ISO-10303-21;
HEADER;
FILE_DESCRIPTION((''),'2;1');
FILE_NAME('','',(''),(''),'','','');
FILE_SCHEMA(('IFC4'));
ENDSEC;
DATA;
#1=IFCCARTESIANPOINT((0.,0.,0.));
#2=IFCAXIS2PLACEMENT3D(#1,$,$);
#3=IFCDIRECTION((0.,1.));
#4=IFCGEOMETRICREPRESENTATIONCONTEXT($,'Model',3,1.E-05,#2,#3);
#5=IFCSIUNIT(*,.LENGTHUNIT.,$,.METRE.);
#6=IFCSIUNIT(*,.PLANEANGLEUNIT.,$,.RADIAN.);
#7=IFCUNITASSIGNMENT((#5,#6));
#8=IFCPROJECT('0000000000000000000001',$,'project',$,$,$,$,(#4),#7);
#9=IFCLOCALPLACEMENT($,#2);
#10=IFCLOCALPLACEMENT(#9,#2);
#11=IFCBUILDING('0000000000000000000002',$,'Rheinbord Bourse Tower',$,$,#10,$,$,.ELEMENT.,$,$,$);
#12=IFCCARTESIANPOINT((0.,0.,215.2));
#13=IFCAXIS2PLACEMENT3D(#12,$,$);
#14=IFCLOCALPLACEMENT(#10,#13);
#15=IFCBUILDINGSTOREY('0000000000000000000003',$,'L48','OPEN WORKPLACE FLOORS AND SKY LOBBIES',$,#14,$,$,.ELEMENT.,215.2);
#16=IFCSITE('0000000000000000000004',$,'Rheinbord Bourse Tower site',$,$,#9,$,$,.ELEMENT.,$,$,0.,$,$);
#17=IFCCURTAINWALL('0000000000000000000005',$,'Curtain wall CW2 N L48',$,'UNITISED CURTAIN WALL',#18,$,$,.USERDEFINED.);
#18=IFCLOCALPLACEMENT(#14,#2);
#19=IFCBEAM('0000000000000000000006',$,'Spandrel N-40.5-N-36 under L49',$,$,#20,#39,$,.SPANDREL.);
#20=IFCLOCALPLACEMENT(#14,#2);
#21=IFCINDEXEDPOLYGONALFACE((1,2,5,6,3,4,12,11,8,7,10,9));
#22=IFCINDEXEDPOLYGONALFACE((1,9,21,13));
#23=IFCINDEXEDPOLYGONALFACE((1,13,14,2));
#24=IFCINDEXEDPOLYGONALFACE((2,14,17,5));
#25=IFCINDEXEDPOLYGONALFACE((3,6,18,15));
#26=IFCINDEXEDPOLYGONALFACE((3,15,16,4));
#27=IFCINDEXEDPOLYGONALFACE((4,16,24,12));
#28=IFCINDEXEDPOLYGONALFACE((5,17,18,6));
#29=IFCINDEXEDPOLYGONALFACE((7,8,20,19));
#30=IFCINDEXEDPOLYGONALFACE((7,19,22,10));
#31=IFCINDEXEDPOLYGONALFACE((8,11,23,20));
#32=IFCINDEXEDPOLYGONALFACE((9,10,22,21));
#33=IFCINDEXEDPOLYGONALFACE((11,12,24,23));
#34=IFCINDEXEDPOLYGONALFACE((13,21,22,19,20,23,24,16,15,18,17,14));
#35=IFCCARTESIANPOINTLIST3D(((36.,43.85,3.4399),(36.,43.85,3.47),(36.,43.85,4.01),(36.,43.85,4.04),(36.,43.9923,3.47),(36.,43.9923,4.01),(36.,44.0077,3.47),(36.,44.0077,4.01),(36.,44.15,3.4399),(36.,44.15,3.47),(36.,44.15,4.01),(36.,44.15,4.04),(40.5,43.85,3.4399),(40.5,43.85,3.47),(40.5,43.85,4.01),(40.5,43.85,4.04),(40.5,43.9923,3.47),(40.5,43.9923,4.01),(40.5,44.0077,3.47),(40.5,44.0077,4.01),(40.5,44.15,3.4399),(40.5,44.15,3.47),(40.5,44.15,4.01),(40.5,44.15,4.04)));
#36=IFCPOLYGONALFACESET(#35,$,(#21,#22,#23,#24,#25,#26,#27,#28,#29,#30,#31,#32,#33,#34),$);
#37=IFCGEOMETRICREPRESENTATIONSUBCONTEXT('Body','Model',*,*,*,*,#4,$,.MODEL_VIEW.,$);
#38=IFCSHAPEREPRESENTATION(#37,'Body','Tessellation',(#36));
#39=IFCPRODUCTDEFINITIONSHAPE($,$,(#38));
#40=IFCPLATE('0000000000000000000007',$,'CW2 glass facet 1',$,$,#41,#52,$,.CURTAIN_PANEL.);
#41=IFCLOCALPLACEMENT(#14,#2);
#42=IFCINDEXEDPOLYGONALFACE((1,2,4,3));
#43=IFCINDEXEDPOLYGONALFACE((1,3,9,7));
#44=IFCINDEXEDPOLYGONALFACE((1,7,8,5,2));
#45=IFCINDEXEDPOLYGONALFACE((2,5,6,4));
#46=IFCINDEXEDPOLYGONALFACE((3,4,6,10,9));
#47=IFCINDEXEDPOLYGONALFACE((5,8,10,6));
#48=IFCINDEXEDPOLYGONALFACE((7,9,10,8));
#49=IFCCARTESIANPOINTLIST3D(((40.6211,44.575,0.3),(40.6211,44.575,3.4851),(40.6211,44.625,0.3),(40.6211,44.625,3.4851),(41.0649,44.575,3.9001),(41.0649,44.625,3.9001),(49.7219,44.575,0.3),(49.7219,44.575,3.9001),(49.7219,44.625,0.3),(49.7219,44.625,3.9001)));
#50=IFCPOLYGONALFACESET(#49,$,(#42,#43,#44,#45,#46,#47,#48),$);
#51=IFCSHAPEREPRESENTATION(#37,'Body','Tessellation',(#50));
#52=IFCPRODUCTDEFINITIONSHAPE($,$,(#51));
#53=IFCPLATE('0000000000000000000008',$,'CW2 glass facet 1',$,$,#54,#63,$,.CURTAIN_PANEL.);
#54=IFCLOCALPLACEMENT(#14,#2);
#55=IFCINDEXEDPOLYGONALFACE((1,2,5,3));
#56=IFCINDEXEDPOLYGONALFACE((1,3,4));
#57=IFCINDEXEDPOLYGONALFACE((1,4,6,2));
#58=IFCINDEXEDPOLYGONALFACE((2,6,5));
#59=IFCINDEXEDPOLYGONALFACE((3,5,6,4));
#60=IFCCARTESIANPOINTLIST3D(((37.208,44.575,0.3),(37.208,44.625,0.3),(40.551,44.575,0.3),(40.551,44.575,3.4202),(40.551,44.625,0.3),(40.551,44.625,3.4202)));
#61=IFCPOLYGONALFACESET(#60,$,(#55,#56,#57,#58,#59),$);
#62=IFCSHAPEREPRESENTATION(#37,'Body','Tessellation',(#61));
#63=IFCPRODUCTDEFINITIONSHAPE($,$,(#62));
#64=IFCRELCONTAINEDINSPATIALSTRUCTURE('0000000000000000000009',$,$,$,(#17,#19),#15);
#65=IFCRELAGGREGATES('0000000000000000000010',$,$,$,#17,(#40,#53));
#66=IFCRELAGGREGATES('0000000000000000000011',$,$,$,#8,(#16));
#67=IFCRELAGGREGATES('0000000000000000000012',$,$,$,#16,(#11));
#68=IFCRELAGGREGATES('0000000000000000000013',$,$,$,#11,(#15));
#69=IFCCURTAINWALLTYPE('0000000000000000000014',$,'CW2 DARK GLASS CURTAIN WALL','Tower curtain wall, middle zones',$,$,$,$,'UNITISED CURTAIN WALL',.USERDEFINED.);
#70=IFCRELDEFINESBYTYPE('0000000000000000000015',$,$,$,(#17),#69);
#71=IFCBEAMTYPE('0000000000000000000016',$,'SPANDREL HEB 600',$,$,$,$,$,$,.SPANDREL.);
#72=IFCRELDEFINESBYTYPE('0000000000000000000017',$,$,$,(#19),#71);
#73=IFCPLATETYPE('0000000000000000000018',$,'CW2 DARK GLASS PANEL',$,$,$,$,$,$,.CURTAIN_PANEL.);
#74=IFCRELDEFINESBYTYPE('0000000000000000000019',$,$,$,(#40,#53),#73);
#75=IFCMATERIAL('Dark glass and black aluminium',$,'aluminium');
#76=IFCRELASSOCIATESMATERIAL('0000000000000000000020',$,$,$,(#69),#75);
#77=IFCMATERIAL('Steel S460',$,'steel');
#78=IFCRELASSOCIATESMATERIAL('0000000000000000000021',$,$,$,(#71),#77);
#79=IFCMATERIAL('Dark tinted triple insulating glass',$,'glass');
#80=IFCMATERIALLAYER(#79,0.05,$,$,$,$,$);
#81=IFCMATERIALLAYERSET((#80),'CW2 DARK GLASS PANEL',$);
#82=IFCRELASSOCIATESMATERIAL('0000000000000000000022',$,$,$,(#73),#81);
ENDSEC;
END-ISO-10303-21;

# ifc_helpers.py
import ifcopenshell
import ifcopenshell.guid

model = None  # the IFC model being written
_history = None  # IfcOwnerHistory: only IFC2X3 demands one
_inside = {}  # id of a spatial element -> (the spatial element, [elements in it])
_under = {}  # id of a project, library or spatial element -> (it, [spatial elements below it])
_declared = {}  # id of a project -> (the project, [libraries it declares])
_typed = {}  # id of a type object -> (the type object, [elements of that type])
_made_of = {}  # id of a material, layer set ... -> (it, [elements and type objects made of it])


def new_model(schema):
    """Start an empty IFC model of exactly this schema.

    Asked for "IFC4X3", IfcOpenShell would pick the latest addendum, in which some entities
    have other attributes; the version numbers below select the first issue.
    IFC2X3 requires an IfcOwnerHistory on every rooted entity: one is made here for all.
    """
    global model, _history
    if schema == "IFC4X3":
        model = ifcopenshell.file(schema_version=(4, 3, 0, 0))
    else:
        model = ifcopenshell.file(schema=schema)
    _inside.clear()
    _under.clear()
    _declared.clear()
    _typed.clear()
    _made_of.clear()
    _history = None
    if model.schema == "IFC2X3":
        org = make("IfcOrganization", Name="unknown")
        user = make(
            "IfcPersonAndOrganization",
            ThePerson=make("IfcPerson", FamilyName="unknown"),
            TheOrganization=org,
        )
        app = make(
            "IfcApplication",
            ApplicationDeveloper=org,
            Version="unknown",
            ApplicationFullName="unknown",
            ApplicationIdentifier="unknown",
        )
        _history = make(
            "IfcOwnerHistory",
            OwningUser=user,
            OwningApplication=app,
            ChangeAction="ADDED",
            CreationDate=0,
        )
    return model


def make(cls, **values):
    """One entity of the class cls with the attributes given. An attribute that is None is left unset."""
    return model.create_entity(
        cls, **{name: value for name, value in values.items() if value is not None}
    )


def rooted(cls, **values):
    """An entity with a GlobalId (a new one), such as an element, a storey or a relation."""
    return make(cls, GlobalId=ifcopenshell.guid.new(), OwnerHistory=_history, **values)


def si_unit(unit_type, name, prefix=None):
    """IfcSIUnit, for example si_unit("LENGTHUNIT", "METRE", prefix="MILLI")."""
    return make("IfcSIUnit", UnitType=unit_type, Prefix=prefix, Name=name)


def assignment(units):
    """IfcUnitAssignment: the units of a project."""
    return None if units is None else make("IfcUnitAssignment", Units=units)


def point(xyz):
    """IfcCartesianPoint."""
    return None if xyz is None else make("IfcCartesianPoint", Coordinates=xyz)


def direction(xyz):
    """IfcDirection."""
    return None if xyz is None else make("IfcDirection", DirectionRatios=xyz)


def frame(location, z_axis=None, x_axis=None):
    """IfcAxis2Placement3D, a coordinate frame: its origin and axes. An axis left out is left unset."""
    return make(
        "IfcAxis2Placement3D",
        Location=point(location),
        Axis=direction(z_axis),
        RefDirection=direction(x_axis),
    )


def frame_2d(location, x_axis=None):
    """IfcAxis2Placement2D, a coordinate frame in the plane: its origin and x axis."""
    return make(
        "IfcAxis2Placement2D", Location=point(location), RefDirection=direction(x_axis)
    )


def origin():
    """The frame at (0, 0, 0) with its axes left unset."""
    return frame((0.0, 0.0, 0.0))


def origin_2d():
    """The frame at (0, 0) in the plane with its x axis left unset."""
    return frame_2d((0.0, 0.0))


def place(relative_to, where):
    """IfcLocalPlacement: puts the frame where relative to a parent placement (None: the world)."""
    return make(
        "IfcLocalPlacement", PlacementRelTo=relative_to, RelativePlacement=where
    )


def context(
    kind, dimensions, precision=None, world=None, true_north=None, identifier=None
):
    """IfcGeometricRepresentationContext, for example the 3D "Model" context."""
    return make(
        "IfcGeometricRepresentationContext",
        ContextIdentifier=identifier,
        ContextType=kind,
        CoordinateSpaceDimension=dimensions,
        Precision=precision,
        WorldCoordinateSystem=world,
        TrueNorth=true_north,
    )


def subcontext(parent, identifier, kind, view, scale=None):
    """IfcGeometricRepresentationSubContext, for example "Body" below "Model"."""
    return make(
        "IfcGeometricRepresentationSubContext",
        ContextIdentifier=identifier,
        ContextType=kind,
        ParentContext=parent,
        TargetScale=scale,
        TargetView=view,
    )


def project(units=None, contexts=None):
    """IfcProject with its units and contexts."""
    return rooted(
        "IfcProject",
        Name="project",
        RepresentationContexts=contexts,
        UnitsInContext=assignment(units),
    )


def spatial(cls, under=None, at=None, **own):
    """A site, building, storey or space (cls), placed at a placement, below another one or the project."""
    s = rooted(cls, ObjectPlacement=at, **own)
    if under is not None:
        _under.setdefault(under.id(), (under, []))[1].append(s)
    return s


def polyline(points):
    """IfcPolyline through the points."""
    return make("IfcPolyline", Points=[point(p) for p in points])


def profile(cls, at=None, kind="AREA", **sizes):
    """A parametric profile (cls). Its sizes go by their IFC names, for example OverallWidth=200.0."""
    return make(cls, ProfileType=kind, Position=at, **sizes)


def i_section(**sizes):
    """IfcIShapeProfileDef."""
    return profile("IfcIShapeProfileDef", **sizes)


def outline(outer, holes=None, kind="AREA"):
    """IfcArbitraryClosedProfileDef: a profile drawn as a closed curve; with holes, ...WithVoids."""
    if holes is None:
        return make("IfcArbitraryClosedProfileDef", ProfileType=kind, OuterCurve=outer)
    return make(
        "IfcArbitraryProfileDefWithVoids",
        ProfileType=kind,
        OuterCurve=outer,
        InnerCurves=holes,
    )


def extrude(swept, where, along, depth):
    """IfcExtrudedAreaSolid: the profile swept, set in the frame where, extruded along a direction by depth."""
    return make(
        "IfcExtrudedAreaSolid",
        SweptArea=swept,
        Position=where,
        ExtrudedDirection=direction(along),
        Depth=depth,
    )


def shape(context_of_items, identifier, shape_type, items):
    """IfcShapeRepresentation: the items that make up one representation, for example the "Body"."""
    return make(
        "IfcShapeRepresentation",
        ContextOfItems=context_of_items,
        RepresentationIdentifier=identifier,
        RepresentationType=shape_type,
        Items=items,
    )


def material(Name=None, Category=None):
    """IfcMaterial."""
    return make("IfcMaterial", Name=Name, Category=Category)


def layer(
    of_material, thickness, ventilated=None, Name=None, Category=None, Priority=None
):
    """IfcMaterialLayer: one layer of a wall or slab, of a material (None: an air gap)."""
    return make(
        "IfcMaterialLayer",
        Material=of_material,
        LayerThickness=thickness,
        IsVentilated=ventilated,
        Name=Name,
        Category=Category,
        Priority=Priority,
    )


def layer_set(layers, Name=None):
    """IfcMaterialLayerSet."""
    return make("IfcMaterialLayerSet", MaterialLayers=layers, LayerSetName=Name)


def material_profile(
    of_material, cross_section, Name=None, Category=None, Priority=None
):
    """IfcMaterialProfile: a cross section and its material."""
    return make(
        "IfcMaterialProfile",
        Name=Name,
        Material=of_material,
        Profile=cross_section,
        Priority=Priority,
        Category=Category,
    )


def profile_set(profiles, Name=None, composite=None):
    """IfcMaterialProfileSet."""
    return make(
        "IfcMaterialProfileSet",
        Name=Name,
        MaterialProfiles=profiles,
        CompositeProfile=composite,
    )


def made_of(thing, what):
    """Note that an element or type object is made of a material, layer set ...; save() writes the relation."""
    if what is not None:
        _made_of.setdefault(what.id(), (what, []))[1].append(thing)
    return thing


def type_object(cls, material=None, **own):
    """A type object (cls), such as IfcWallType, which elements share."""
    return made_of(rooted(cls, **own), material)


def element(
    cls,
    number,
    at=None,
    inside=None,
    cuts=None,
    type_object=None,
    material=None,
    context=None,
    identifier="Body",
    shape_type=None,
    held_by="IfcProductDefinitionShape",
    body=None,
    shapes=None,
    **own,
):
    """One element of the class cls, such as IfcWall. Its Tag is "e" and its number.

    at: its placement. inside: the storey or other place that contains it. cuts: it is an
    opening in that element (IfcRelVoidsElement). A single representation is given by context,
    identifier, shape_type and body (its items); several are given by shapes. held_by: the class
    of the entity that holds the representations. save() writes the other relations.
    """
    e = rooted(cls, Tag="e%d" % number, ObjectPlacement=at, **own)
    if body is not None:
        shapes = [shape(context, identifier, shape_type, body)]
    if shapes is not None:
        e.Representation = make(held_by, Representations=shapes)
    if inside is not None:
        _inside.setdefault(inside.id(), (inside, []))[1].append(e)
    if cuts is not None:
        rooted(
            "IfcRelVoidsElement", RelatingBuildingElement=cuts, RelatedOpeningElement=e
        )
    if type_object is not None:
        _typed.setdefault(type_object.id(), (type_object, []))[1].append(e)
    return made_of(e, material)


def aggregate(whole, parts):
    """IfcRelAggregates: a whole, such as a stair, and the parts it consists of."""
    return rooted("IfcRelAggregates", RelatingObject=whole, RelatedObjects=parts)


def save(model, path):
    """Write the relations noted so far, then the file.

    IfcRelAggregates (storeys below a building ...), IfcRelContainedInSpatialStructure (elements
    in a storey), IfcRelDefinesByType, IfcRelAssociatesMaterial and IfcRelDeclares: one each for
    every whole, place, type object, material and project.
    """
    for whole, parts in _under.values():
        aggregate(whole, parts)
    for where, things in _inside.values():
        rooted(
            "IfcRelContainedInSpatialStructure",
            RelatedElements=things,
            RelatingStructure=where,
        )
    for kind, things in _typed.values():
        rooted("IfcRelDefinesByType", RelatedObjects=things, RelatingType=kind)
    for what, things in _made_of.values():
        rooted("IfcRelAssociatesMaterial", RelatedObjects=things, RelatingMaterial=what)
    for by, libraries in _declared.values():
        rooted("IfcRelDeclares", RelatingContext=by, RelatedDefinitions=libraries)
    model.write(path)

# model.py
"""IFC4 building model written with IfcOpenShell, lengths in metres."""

from ifc_helpers import new_model, si_unit, direction, frame, origin, origin_2d, place, context, subcontext, project, spatial, polyline, i_section, outline, extrude, material, layer, layer_set, material_profile, profile_set, type_object, element, aggregate, save


model = new_model("IFC4")

# Units and contexts
model_context = context("Model", 3, precision=1e-05, world=origin(), true_north=direction((0.0, 1.0)))
body_context = subcontext(model_context, "Body", "Model", "MODEL_VIEW")
ifc_project = project(units=[si_unit("LENGTHUNIT", "METRE"), si_unit("PLANEANGLEUNIT", "RADIAN")], contexts=[model_context])

# Site, building, storey
site_placement = place(None, origin())
site = spatial("IfcSite", under=ifc_project, at=site_placement, Name="Rheinbord Bourse Tower site", CompositionType="ELEMENT", RefElevation=0.0)
building_placement = place(site_placement, origin())
building = spatial("IfcBuilding", under=site, at=building_placement, Name="Rheinbord Bourse Tower", CompositionType="ELEMENT")
storey_placement = place(building_placement, frame((0.0, 0.0, 215.2)))
storey = spatial("IfcBuildingStorey", under=building, at=storey_placement, Name="L48", Description="OPEN WORKPLACE FLOORS AND SKY LOBBIES", CompositionType="ELEMENT", Elevation=215.2)

# Curtain wall
ifc_material_1 = material(Name="Dark glass and black aluminium", Category="aluminium")
curtain_wall_type = type_object("IfcCurtainWallType", Name="CW2 DARK GLASS CURTAIN WALL", Description="Tower curtain wall, middle zones", ElementType="UNITISED CURTAIN WALL", PredefinedType="USERDEFINED", material=ifc_material_1)
curtain_wall_placement = place(storey_placement, origin())
curtain_wall = element("IfcCurtainWall", 1, at=curtain_wall_placement, inside=storey, type_object=curtain_wall_type, Name="Curtain wall CW2 N L48", ObjectType="UNITISED CURTAIN WALL", PredefinedType="USERDEFINED")

# Beam
ifc_material_2 = material(Name="Steel S460", Category="steel")
ifc_material_profile_1 = material_profile(ifc_material_2, i_section(OverallWidth=0.3, OverallDepth=0.6001, WebThickness=0.0154, FlangeThickness=0.03, at=origin_2d()), Name="HEB 600")
ifc_profile_set_1 = profile_set([ifc_material_profile_1], Name="Steel S460")
beam_type_1 = type_object("IfcBeamType", Name="SPANDREL HEB 600", PredefinedType="SPANDREL", material=ifc_profile_set_1)
beam_placement = place(storey_placement, frame((40.5, 44.0, 3.74), z_axis=(-1.0, 0.0, 0.0), x_axis=(0.0, -1.0, 0.0)))
element("IfcBeam", 2, at=beam_placement, inside=storey, type_object=beam_type_1, Name="Spandrel N-40.5-N-36 under L49", PredefinedType="SPANDREL", context=body_context, shape_type="SweptSolid", body=[
    extrude(i_section(OverallWidth=0.3, OverallDepth=0.6001, WebThickness=0.0154, FlangeThickness=0.03, at=origin_2d()), origin(), (0.0, 0.0, 1.0), 4.5),
])

# Plates
ifc_material_3 = material(Name="Dark tinted triple insulating glass", Category="glass")
ifc_layer_1 = layer(ifc_material_3, 0.05)
ifc_layer_set_1 = layer_set([ifc_layer_1], Name="CW2 DARK GLASS PANEL")
plate_type = type_object("IfcPlateType", Name="CW2 DARK GLASS PANEL", PredefinedType="CURTAIN_PANEL", material=ifc_layer_set_1)
plate_1_placement = place(storey_placement, frame((40.6211, 44.625, 0.3), z_axis=(0.0, -1.0, 0.0), x_axis=(1.0, 0.0, 0.0)))
plate_1 = element("IfcPlate", 3, at=plate_1_placement, type_object=plate_type, Name="CW2 glass facet 1", PredefinedType="CURTAIN_PANEL", context=body_context, shape_type="SweptSolid", body=[
    extrude(outline(polyline([(0.0, 0.0), (9.1008, 0.0), (9.1008, 3.6001), (0.4438, 3.6001), (0.0, 3.1851), (0.0, 0.0)])), origin(), (0.0, 0.0, 1.0), 0.05),
])
plate_2_placement = place(storey_placement, frame((40.551, 44.625, 0.3), z_axis=(0.0, -1.0, 0.0), x_axis=(0.0, 0.0, 1.0)))
plate_2 = element("IfcPlate", 4, at=plate_2_placement, type_object=plate_type, Name="CW2 glass facet 1", PredefinedType="CURTAIN_PANEL", context=body_context, shape_type="SweptSolid", body=[
    extrude(outline(polyline([(0.0, 0.0), (3.1201, 0.0), (0.0, 3.343), (0.0, 0.0)])), origin(), (0.0, 0.0, 1.0), 0.05),
])
aggregate(curtain_wall, [plate_1, plate_2])

save(model, "model.ifc")
